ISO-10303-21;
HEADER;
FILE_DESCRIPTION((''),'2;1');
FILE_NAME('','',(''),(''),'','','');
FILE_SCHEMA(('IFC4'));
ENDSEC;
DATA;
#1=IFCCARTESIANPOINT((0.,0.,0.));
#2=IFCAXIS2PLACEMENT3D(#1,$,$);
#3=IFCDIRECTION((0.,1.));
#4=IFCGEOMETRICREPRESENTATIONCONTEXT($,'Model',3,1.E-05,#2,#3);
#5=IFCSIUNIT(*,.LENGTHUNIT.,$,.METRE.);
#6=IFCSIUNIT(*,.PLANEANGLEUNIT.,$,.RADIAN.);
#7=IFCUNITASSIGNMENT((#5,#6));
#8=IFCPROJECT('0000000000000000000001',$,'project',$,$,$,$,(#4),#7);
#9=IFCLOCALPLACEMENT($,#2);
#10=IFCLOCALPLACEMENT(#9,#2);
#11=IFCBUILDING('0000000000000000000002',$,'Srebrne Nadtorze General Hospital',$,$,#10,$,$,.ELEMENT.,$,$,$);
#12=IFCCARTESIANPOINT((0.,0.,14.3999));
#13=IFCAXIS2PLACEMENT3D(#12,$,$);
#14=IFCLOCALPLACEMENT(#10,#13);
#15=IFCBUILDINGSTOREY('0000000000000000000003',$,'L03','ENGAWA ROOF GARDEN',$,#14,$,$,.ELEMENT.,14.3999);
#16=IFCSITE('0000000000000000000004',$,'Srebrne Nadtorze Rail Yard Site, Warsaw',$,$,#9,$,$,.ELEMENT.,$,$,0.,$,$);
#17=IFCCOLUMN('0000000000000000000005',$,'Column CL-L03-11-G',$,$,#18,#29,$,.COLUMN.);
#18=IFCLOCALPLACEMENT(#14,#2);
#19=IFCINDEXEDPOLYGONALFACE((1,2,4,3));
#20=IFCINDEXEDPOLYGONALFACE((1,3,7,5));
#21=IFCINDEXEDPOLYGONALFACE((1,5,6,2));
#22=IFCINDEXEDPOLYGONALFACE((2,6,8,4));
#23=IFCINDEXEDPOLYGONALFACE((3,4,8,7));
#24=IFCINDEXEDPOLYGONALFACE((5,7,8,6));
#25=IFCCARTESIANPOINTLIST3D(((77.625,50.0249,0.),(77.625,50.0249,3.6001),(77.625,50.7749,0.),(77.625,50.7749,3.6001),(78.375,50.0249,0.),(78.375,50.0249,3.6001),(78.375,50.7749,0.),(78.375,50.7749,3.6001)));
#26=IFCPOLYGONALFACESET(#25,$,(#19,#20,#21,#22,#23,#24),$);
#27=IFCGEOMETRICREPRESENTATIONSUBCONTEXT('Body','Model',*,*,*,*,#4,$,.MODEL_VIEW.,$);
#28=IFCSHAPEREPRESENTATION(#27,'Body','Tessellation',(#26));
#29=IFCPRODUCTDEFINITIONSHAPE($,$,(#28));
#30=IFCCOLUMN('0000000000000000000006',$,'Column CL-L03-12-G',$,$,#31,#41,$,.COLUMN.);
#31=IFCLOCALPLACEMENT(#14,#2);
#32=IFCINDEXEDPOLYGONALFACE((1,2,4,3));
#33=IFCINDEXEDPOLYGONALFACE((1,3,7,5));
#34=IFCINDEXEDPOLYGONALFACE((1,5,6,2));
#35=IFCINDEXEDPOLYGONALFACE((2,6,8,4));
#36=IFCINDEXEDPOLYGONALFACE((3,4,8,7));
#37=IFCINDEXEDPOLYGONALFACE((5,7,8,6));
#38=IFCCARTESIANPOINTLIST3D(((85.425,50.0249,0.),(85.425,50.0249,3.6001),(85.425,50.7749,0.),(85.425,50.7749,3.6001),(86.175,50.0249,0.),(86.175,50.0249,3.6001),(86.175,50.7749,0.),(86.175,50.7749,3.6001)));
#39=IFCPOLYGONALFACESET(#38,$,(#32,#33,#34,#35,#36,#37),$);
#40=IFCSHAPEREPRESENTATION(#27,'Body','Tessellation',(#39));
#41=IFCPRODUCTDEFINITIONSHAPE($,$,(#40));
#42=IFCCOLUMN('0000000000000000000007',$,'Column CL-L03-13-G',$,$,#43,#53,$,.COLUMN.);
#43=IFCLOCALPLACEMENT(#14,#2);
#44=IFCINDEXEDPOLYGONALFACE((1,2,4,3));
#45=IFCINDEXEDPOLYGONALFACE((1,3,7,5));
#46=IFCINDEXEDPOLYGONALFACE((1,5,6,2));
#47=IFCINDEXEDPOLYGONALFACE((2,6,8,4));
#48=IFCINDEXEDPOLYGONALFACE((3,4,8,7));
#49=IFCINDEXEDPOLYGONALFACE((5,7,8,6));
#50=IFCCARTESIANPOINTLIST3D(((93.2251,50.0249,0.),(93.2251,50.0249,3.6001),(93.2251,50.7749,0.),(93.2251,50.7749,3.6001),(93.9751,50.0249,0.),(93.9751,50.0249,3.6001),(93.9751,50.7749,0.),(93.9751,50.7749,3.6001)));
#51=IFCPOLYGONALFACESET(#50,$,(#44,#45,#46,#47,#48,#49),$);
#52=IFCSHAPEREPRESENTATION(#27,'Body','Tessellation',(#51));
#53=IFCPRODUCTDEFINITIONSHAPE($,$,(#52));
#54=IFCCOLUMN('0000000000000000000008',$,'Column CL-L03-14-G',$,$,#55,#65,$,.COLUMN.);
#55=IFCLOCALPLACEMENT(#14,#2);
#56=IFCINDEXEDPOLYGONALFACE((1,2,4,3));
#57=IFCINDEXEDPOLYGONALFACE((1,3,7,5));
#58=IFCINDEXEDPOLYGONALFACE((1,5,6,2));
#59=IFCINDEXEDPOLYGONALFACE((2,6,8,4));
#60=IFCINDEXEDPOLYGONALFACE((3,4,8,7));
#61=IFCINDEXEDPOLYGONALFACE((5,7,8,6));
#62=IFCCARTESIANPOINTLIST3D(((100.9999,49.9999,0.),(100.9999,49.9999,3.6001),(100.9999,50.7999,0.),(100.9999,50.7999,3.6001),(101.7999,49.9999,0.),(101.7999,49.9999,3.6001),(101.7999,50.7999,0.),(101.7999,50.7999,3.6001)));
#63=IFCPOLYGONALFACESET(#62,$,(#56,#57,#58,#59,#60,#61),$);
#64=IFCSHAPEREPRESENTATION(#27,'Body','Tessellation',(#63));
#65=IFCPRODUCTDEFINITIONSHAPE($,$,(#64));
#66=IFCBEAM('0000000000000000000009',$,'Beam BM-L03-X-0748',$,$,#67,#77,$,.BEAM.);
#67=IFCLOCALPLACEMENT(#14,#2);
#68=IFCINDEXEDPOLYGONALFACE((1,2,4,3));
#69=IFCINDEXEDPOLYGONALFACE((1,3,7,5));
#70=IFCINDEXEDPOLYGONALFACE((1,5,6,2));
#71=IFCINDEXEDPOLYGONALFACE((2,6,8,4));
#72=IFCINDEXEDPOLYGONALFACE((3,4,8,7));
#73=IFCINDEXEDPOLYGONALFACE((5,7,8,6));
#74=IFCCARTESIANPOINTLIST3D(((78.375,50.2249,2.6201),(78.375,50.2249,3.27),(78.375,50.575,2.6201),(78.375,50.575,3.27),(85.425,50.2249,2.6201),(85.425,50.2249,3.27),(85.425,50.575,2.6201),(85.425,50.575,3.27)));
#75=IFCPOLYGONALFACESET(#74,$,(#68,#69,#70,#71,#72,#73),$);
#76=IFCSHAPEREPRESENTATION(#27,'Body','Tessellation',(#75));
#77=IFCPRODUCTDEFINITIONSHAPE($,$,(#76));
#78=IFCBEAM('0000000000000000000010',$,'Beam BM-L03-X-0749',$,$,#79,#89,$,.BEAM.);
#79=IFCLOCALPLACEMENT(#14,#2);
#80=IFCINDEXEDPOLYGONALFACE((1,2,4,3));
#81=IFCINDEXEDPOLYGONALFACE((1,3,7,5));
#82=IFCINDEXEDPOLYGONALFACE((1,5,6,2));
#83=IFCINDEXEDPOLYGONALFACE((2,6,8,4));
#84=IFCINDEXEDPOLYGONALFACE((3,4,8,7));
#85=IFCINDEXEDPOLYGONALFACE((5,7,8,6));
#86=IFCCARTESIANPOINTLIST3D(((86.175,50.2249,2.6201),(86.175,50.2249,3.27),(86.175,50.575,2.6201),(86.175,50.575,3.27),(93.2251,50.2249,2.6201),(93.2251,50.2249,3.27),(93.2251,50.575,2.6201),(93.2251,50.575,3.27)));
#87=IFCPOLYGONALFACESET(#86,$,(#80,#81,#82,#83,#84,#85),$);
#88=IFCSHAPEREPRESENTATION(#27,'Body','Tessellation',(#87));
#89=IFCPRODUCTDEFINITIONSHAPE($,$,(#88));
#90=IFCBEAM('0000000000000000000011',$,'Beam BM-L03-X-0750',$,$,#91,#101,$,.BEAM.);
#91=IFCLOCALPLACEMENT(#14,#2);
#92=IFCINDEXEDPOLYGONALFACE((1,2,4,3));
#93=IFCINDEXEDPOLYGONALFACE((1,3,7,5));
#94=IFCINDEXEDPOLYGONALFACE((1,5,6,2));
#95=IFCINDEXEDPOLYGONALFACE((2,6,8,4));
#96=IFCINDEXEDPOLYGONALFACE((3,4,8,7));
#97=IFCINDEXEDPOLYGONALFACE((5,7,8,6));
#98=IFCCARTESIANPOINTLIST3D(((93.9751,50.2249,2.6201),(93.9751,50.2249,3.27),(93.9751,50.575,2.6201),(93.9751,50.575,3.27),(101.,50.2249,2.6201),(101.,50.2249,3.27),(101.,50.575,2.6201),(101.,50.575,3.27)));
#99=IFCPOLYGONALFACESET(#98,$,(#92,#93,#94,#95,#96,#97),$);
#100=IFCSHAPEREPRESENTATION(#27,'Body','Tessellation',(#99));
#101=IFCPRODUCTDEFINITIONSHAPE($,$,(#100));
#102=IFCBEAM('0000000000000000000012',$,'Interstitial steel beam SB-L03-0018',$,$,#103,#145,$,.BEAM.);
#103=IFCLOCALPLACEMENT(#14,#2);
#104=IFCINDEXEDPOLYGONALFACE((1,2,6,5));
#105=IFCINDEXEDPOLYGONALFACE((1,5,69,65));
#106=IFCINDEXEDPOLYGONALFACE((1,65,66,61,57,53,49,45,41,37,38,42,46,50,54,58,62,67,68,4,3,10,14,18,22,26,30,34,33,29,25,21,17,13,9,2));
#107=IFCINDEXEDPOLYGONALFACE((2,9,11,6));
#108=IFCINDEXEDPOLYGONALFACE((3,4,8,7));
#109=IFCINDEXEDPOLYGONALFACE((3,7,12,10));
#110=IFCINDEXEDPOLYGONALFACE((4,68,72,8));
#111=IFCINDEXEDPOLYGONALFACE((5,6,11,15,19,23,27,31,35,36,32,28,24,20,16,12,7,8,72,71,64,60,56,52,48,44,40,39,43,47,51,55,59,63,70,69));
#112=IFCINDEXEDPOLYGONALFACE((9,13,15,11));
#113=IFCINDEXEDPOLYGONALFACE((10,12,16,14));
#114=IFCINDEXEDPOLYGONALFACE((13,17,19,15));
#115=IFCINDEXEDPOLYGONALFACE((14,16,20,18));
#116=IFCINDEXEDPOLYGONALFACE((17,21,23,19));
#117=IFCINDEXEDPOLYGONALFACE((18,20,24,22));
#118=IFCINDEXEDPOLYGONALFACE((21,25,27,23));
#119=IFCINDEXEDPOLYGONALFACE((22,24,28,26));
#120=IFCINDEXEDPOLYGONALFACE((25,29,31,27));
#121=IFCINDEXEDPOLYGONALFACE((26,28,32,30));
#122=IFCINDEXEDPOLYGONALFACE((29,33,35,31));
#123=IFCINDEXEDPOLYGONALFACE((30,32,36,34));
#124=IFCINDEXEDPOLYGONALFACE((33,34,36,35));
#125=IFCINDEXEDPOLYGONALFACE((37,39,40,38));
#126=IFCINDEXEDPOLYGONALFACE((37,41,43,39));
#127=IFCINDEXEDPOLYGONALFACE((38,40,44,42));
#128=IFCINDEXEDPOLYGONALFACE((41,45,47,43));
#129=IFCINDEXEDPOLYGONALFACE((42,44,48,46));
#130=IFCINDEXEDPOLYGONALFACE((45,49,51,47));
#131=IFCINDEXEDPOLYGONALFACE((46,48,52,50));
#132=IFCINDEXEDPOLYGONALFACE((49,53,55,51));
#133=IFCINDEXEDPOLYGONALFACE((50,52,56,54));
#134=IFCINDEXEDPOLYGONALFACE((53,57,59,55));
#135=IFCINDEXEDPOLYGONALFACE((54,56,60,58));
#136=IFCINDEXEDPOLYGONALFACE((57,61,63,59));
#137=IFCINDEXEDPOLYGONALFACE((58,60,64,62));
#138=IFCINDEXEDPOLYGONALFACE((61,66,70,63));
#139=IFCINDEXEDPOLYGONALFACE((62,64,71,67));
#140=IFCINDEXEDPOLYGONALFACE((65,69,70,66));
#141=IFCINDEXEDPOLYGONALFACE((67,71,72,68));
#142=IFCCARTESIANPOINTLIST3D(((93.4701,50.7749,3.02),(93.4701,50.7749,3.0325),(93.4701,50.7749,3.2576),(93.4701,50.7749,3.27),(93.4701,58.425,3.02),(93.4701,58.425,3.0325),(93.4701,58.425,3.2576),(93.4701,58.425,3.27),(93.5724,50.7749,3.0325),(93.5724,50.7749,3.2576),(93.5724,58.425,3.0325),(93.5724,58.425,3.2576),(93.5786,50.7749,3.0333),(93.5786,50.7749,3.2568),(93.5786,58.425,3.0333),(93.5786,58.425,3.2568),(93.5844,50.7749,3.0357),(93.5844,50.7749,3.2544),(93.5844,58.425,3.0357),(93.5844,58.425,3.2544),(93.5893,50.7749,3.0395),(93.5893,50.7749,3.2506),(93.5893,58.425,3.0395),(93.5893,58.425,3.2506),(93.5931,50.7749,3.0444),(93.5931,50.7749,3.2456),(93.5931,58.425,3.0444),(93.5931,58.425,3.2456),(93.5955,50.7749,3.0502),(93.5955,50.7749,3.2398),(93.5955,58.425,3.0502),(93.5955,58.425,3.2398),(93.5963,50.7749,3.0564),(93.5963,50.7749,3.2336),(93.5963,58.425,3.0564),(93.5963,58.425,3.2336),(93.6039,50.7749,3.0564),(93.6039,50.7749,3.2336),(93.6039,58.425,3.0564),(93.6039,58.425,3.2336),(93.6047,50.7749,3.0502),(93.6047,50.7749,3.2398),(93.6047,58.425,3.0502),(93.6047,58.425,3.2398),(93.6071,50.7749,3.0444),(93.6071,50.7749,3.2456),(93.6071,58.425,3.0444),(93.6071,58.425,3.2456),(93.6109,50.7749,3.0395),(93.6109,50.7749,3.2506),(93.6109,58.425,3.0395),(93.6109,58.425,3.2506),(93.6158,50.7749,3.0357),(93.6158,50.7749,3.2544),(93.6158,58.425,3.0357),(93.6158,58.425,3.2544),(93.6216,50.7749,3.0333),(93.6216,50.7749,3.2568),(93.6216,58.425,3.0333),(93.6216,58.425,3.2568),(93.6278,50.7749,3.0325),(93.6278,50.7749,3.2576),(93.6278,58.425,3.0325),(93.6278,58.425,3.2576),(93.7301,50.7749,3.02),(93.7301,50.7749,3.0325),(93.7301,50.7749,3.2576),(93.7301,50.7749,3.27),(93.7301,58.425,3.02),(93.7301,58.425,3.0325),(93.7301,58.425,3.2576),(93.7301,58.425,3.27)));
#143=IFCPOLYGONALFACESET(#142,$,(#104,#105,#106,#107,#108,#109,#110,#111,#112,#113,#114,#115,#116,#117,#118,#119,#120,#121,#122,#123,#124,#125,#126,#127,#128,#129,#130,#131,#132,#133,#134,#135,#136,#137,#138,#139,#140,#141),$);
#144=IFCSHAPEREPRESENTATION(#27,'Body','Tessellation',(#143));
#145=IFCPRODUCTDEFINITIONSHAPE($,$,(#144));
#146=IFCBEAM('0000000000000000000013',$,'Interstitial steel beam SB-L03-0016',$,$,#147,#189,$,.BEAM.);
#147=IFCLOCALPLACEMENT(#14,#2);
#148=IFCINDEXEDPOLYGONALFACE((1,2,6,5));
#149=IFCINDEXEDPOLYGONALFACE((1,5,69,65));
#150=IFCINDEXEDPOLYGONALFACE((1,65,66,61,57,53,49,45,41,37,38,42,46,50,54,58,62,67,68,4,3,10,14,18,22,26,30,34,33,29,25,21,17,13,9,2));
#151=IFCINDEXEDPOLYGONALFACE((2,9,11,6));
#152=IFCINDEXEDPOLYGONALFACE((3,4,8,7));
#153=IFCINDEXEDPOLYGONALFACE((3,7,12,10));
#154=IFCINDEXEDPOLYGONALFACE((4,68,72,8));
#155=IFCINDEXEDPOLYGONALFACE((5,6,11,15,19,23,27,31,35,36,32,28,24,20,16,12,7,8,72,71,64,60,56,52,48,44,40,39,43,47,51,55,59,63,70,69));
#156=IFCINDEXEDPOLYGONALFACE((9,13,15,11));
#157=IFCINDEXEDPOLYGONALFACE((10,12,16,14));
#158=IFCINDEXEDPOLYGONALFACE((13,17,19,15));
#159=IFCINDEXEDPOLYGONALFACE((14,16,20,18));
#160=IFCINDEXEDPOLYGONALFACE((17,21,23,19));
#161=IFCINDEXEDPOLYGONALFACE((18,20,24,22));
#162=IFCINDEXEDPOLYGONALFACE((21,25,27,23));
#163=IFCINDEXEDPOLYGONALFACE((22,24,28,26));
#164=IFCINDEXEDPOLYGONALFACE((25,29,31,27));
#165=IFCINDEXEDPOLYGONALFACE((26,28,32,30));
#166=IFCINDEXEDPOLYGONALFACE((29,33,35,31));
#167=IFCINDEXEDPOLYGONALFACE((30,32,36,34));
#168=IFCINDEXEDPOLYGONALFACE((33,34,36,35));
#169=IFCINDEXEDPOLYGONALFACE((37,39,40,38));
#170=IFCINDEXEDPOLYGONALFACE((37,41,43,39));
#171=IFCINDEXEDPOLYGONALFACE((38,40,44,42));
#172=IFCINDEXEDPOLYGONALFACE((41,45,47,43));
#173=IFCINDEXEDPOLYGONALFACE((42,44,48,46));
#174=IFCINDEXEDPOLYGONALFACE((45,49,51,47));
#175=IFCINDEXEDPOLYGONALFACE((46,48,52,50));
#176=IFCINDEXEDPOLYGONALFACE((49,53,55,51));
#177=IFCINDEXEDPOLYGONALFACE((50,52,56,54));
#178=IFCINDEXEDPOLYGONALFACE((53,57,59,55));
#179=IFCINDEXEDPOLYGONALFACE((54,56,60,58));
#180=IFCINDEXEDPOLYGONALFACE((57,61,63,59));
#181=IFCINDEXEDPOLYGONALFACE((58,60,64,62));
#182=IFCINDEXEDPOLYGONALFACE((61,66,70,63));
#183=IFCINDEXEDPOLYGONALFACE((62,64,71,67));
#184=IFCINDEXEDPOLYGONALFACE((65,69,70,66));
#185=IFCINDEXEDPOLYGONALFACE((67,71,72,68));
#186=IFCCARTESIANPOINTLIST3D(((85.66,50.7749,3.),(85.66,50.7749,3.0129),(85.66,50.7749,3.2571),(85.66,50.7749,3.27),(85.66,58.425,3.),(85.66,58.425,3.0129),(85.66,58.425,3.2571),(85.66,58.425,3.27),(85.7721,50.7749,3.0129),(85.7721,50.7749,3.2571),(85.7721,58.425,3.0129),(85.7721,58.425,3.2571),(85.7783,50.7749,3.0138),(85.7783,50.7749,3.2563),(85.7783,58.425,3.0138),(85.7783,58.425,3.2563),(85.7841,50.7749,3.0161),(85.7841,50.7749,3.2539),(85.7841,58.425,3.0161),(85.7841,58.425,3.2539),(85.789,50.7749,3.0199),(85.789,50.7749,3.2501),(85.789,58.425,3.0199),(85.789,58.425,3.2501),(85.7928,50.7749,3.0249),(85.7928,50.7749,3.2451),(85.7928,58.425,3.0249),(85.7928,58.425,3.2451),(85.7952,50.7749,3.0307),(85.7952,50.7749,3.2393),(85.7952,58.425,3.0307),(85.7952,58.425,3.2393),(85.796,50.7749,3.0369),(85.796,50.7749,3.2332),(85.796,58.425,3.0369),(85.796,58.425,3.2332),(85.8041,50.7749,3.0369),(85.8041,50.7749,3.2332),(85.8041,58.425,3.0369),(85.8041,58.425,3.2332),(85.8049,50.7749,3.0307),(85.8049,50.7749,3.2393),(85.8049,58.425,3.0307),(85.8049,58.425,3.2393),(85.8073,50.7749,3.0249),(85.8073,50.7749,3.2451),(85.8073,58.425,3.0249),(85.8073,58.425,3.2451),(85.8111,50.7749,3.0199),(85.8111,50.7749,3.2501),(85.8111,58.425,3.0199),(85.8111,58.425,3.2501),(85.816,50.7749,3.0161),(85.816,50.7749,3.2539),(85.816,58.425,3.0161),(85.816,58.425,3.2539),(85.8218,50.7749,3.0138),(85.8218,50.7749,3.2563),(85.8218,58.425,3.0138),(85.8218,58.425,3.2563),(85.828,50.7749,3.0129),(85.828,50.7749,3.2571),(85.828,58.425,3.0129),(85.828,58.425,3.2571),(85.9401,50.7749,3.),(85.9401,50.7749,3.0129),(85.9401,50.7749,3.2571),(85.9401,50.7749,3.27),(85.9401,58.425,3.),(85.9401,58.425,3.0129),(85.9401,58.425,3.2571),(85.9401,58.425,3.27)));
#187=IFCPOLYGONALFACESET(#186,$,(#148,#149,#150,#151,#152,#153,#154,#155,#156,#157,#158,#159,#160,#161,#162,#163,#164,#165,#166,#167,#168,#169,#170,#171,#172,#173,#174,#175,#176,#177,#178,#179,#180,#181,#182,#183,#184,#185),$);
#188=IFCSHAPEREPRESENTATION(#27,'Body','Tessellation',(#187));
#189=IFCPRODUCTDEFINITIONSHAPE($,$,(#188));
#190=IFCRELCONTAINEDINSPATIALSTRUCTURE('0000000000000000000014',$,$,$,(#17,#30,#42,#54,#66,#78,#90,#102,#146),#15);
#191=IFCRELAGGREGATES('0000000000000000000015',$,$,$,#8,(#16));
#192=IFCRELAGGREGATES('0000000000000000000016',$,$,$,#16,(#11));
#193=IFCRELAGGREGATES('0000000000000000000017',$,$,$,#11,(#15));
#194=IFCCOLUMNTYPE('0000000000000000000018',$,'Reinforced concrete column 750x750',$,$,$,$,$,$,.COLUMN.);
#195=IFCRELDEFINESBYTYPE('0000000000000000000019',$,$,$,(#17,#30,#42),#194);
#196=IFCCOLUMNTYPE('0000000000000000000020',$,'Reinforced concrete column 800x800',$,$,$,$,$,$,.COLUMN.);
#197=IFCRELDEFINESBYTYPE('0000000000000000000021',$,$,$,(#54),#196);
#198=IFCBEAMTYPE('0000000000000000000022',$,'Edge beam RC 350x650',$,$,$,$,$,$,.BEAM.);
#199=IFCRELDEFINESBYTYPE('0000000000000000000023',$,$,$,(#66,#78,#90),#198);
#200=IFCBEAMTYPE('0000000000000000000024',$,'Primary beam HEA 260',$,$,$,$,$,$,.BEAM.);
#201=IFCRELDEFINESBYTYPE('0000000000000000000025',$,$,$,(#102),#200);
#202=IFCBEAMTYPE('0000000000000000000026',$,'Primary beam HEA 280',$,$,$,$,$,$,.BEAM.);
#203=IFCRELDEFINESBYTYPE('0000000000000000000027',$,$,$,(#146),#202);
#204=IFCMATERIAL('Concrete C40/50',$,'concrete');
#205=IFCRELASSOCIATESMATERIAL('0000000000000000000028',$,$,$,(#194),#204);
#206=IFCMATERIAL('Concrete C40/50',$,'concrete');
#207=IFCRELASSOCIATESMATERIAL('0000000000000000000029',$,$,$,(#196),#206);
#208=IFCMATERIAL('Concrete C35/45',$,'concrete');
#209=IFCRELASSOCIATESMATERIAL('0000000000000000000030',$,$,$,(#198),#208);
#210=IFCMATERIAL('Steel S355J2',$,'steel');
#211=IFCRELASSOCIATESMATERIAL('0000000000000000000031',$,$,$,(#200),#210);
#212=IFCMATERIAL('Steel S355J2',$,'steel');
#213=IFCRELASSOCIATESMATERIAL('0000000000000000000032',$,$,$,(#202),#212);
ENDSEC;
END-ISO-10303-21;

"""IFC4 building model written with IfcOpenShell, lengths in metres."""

from ifc_helpers import new_model, si_unit, direction, frame, origin, origin_2d, place, context, subcontext, project, spatial, rectangle, i_section, extrude, material, material_profile, profile_set, type_object, element, save


model = new_model("IFC4")

# Units and contexts
model_context = context("Model", 3, precision=1e-05, world=origin(), true_north=direction((0.0, 1.0)))
body_context = subcontext(model_context, "Body", "Model", "MODEL_VIEW")
ifc_project = project(units=[si_unit("LENGTHUNIT", "METRE"), si_unit("PLANEANGLEUNIT", "RADIAN")], contexts=[model_context])

# Site, building, storey
site_placement = place(None, origin())
site = spatial("IfcSite", under=ifc_project, at=site_placement, Name="Srebrne Nadtorze Rail Yard Site, Warsaw", CompositionType="ELEMENT", RefElevation=0.0)
building_placement = place(site_placement, origin())
building = spatial("IfcBuilding", under=site, at=building_placement, Name="Srebrne Nadtorze General Hospital", CompositionType="ELEMENT")
storey_placement = place(building_placement, frame((0.0, 0.0, 14.3999)))
storey = spatial("IfcBuildingStorey", under=building, at=storey_placement, Name="L03", Description="ENGAWA ROOF GARDEN", CompositionType="ELEMENT", Elevation=14.3999)

# Columns
ifc_material_1 = material(Name="Concrete C40/50", Category="concrete")
ifc_material_profile_1 = material_profile(ifc_material_1, rectangle(XDim=0.75, YDim=0.75, at=origin_2d()), Name="RC-COL-750x750")
ifc_profile_set_1 = profile_set([ifc_material_profile_1], Name="Concrete C40/50")
column_type_1 = type_object("IfcColumnType", Name="Reinforced concrete column 750x750", PredefinedType="COLUMN", material=ifc_profile_set_1)
for number, where, z_axis, x_axis, name in (
    (1, (78.0, 50.3999, 0.0), (0.0, 0.0, 1.0), (1.0, 0.0, 0.0), "Column CL-L03-11-G"),
    (2, (85.8, 50.3999, 0.0), (0.0, 0.0, 1.0), (1.0, 0.0, 0.0), "Column CL-L03-12-G"),
    (3, (93.6001, 50.3999, 0.0), (0.0, 0.0, 1.0), (1.0, 0.0, 0.0), "Column CL-L03-13-G"),
):
    element("IfcColumn", number, at=place(storey_placement, frame(where, z_axis=z_axis, x_axis=x_axis)), inside=storey, type_object=column_type_1, Name=name, PredefinedType="COLUMN", context=body_context, shape_type="SweptSolid", body=[
        extrude(rectangle(XDim=0.75, YDim=0.75, at=origin_2d()), origin(), (0.0, 0.0, 1.0), 3.6001),
    ])
ifc_material_2 = material(Name="Concrete C40/50", Category="concrete")
ifc_material_profile_2 = material_profile(ifc_material_2, rectangle(XDim=0.8, YDim=0.8, at=origin_2d()), Name="RC-COL-800x800")
ifc_profile_set_2 = profile_set([ifc_material_profile_2], Name="Concrete C40/50")
column_type_2 = type_object("IfcColumnType", Name="Reinforced concrete column 800x800", PredefinedType="COLUMN", material=ifc_profile_set_2)
column_placement = place(storey_placement, frame((101.3999, 50.3999, 0.0), z_axis=(0.0, 0.0, 1.0), x_axis=(1.0, 0.0, 0.0)))
element("IfcColumn", 4, at=column_placement, inside=storey, type_object=column_type_2, Name="Column CL-L03-14-G", PredefinedType="COLUMN", context=body_context, shape_type="SweptSolid", body=[
    extrude(rectangle(XDim=0.8, YDim=0.8, at=origin_2d()), origin(), (0.0, 0.0, 1.0), 3.6001),
])

# Beams
ifc_material_3 = material(Name="Concrete C35/45", Category="concrete")
ifc_material_profile_3 = material_profile(ifc_material_3, rectangle(XDim=0.3501, YDim=0.6499, at=origin_2d()), Name="RC-BM-350x650")
ifc_profile_set_3 = profile_set([ifc_material_profile_3], Name="Concrete C35/45")
beam_type_1 = type_object("IfcBeamType", Name="Edge beam RC 350x650", PredefinedType="BEAM", material=ifc_profile_set_3)
for number, where, z_axis, x_axis, name in (
    (5, (78.375, 50.3999, 2.9451), (1.0, 0.0, 0.0), (0.0, 1.0, 0.0), "Beam BM-L03-X-0748"),
    (6, (86.175, 50.3999, 2.9451), (1.0, 0.0, 0.0), (0.0, 1.0, 0.0), "Beam BM-L03-X-0749"),
):
    element("IfcBeam", number, at=place(storey_placement, frame(where, z_axis=z_axis, x_axis=x_axis)), inside=storey, type_object=beam_type_1, Name=name, PredefinedType="BEAM", context=body_context, shape_type="SweptSolid", body=[
        extrude(rectangle(XDim=0.3501, YDim=0.6499, at=origin_2d()), origin(), (0.0, 0.0, 1.0), 7.05),
    ])
beam_1_placement = place(storey_placement, frame((93.9751, 50.3999, 2.9451), z_axis=(1.0, 0.0, 0.0), x_axis=(0.0, 1.0, 0.0)))
element("IfcBeam", 7, at=beam_1_placement, inside=storey, type_object=beam_type_1, Name="Beam BM-L03-X-0750", PredefinedType="BEAM", context=body_context, shape_type="SweptSolid", body=[
    extrude(rectangle(XDim=0.3501, YDim=0.6499, at=origin_2d()), origin(), (0.0, 0.0, 1.0), 7.0249),
])
ifc_material_4 = material(Name="Steel S355J2", Category="steel")
ifc_material_profile_4 = material_profile(ifc_material_4, i_section(OverallWidth=0.26, OverallDepth=0.25, WebThickness=0.0076, FlangeThickness=0.0125, FilletRadius=0.0239, at=origin_2d()), Name="HEA-260")
ifc_profile_set_4 = profile_set([ifc_material_profile_4], Name="Steel S355J2")
beam_type_2 = type_object("IfcBeamType", Name="Primary beam HEA 260", PredefinedType="BEAM", material=ifc_profile_set_4)
beam_2_placement = place(storey_placement, frame((93.6001, 50.7749, 3.145), z_axis=(0.0, 1.0, 0.0), x_axis=(-1.0, 0.0, 0.0)))
element("IfcBeam", 8, at=beam_2_placement, inside=storey, type_object=beam_type_2, Name="Interstitial steel beam SB-L03-0018", PredefinedType="BEAM", context=body_context, shape_type="SweptSolid", body=[
    extrude(i_section(OverallWidth=0.26, OverallDepth=0.25, WebThickness=0.0076, FlangeThickness=0.0125, FilletRadius=0.0239, at=origin_2d()), origin(), (0.0, 0.0, 1.0), 7.6501),
])
ifc_material_5 = material(Name="Steel S355J2", Category="steel")
ifc_material_profile_5 = material_profile(ifc_material_5, i_section(OverallWidth=0.28, OverallDepth=0.27, WebThickness=0.0081, FlangeThickness=0.0129, FilletRadius=0.0239, at=origin_2d()), Name="HEA-280")
ifc_profile_set_5 = profile_set([ifc_material_profile_5], Name="Steel S355J2")
beam_type_3 = type_object("IfcBeamType", Name="Primary beam HEA 280", PredefinedType="BEAM", material=ifc_profile_set_5)
beam_3_placement = place(storey_placement, frame((85.8, 50.7749, 3.135), z_axis=(0.0, 1.0, 0.0), x_axis=(-1.0, 0.0, 0.0)))
element("IfcBeam", 9, at=beam_3_placement, inside=storey, type_object=beam_type_3, Name="Interstitial steel beam SB-L03-0016", PredefinedType="BEAM", context=body_context, shape_type="SweptSolid", body=[
    extrude(i_section(OverallWidth=0.28, OverallDepth=0.27, WebThickness=0.0081, FlangeThickness=0.0129, FilletRadius=0.0239, at=origin_2d()), origin(), (0.0, 0.0, 1.0), 7.6501),
])

save(model, "model.ifc")
